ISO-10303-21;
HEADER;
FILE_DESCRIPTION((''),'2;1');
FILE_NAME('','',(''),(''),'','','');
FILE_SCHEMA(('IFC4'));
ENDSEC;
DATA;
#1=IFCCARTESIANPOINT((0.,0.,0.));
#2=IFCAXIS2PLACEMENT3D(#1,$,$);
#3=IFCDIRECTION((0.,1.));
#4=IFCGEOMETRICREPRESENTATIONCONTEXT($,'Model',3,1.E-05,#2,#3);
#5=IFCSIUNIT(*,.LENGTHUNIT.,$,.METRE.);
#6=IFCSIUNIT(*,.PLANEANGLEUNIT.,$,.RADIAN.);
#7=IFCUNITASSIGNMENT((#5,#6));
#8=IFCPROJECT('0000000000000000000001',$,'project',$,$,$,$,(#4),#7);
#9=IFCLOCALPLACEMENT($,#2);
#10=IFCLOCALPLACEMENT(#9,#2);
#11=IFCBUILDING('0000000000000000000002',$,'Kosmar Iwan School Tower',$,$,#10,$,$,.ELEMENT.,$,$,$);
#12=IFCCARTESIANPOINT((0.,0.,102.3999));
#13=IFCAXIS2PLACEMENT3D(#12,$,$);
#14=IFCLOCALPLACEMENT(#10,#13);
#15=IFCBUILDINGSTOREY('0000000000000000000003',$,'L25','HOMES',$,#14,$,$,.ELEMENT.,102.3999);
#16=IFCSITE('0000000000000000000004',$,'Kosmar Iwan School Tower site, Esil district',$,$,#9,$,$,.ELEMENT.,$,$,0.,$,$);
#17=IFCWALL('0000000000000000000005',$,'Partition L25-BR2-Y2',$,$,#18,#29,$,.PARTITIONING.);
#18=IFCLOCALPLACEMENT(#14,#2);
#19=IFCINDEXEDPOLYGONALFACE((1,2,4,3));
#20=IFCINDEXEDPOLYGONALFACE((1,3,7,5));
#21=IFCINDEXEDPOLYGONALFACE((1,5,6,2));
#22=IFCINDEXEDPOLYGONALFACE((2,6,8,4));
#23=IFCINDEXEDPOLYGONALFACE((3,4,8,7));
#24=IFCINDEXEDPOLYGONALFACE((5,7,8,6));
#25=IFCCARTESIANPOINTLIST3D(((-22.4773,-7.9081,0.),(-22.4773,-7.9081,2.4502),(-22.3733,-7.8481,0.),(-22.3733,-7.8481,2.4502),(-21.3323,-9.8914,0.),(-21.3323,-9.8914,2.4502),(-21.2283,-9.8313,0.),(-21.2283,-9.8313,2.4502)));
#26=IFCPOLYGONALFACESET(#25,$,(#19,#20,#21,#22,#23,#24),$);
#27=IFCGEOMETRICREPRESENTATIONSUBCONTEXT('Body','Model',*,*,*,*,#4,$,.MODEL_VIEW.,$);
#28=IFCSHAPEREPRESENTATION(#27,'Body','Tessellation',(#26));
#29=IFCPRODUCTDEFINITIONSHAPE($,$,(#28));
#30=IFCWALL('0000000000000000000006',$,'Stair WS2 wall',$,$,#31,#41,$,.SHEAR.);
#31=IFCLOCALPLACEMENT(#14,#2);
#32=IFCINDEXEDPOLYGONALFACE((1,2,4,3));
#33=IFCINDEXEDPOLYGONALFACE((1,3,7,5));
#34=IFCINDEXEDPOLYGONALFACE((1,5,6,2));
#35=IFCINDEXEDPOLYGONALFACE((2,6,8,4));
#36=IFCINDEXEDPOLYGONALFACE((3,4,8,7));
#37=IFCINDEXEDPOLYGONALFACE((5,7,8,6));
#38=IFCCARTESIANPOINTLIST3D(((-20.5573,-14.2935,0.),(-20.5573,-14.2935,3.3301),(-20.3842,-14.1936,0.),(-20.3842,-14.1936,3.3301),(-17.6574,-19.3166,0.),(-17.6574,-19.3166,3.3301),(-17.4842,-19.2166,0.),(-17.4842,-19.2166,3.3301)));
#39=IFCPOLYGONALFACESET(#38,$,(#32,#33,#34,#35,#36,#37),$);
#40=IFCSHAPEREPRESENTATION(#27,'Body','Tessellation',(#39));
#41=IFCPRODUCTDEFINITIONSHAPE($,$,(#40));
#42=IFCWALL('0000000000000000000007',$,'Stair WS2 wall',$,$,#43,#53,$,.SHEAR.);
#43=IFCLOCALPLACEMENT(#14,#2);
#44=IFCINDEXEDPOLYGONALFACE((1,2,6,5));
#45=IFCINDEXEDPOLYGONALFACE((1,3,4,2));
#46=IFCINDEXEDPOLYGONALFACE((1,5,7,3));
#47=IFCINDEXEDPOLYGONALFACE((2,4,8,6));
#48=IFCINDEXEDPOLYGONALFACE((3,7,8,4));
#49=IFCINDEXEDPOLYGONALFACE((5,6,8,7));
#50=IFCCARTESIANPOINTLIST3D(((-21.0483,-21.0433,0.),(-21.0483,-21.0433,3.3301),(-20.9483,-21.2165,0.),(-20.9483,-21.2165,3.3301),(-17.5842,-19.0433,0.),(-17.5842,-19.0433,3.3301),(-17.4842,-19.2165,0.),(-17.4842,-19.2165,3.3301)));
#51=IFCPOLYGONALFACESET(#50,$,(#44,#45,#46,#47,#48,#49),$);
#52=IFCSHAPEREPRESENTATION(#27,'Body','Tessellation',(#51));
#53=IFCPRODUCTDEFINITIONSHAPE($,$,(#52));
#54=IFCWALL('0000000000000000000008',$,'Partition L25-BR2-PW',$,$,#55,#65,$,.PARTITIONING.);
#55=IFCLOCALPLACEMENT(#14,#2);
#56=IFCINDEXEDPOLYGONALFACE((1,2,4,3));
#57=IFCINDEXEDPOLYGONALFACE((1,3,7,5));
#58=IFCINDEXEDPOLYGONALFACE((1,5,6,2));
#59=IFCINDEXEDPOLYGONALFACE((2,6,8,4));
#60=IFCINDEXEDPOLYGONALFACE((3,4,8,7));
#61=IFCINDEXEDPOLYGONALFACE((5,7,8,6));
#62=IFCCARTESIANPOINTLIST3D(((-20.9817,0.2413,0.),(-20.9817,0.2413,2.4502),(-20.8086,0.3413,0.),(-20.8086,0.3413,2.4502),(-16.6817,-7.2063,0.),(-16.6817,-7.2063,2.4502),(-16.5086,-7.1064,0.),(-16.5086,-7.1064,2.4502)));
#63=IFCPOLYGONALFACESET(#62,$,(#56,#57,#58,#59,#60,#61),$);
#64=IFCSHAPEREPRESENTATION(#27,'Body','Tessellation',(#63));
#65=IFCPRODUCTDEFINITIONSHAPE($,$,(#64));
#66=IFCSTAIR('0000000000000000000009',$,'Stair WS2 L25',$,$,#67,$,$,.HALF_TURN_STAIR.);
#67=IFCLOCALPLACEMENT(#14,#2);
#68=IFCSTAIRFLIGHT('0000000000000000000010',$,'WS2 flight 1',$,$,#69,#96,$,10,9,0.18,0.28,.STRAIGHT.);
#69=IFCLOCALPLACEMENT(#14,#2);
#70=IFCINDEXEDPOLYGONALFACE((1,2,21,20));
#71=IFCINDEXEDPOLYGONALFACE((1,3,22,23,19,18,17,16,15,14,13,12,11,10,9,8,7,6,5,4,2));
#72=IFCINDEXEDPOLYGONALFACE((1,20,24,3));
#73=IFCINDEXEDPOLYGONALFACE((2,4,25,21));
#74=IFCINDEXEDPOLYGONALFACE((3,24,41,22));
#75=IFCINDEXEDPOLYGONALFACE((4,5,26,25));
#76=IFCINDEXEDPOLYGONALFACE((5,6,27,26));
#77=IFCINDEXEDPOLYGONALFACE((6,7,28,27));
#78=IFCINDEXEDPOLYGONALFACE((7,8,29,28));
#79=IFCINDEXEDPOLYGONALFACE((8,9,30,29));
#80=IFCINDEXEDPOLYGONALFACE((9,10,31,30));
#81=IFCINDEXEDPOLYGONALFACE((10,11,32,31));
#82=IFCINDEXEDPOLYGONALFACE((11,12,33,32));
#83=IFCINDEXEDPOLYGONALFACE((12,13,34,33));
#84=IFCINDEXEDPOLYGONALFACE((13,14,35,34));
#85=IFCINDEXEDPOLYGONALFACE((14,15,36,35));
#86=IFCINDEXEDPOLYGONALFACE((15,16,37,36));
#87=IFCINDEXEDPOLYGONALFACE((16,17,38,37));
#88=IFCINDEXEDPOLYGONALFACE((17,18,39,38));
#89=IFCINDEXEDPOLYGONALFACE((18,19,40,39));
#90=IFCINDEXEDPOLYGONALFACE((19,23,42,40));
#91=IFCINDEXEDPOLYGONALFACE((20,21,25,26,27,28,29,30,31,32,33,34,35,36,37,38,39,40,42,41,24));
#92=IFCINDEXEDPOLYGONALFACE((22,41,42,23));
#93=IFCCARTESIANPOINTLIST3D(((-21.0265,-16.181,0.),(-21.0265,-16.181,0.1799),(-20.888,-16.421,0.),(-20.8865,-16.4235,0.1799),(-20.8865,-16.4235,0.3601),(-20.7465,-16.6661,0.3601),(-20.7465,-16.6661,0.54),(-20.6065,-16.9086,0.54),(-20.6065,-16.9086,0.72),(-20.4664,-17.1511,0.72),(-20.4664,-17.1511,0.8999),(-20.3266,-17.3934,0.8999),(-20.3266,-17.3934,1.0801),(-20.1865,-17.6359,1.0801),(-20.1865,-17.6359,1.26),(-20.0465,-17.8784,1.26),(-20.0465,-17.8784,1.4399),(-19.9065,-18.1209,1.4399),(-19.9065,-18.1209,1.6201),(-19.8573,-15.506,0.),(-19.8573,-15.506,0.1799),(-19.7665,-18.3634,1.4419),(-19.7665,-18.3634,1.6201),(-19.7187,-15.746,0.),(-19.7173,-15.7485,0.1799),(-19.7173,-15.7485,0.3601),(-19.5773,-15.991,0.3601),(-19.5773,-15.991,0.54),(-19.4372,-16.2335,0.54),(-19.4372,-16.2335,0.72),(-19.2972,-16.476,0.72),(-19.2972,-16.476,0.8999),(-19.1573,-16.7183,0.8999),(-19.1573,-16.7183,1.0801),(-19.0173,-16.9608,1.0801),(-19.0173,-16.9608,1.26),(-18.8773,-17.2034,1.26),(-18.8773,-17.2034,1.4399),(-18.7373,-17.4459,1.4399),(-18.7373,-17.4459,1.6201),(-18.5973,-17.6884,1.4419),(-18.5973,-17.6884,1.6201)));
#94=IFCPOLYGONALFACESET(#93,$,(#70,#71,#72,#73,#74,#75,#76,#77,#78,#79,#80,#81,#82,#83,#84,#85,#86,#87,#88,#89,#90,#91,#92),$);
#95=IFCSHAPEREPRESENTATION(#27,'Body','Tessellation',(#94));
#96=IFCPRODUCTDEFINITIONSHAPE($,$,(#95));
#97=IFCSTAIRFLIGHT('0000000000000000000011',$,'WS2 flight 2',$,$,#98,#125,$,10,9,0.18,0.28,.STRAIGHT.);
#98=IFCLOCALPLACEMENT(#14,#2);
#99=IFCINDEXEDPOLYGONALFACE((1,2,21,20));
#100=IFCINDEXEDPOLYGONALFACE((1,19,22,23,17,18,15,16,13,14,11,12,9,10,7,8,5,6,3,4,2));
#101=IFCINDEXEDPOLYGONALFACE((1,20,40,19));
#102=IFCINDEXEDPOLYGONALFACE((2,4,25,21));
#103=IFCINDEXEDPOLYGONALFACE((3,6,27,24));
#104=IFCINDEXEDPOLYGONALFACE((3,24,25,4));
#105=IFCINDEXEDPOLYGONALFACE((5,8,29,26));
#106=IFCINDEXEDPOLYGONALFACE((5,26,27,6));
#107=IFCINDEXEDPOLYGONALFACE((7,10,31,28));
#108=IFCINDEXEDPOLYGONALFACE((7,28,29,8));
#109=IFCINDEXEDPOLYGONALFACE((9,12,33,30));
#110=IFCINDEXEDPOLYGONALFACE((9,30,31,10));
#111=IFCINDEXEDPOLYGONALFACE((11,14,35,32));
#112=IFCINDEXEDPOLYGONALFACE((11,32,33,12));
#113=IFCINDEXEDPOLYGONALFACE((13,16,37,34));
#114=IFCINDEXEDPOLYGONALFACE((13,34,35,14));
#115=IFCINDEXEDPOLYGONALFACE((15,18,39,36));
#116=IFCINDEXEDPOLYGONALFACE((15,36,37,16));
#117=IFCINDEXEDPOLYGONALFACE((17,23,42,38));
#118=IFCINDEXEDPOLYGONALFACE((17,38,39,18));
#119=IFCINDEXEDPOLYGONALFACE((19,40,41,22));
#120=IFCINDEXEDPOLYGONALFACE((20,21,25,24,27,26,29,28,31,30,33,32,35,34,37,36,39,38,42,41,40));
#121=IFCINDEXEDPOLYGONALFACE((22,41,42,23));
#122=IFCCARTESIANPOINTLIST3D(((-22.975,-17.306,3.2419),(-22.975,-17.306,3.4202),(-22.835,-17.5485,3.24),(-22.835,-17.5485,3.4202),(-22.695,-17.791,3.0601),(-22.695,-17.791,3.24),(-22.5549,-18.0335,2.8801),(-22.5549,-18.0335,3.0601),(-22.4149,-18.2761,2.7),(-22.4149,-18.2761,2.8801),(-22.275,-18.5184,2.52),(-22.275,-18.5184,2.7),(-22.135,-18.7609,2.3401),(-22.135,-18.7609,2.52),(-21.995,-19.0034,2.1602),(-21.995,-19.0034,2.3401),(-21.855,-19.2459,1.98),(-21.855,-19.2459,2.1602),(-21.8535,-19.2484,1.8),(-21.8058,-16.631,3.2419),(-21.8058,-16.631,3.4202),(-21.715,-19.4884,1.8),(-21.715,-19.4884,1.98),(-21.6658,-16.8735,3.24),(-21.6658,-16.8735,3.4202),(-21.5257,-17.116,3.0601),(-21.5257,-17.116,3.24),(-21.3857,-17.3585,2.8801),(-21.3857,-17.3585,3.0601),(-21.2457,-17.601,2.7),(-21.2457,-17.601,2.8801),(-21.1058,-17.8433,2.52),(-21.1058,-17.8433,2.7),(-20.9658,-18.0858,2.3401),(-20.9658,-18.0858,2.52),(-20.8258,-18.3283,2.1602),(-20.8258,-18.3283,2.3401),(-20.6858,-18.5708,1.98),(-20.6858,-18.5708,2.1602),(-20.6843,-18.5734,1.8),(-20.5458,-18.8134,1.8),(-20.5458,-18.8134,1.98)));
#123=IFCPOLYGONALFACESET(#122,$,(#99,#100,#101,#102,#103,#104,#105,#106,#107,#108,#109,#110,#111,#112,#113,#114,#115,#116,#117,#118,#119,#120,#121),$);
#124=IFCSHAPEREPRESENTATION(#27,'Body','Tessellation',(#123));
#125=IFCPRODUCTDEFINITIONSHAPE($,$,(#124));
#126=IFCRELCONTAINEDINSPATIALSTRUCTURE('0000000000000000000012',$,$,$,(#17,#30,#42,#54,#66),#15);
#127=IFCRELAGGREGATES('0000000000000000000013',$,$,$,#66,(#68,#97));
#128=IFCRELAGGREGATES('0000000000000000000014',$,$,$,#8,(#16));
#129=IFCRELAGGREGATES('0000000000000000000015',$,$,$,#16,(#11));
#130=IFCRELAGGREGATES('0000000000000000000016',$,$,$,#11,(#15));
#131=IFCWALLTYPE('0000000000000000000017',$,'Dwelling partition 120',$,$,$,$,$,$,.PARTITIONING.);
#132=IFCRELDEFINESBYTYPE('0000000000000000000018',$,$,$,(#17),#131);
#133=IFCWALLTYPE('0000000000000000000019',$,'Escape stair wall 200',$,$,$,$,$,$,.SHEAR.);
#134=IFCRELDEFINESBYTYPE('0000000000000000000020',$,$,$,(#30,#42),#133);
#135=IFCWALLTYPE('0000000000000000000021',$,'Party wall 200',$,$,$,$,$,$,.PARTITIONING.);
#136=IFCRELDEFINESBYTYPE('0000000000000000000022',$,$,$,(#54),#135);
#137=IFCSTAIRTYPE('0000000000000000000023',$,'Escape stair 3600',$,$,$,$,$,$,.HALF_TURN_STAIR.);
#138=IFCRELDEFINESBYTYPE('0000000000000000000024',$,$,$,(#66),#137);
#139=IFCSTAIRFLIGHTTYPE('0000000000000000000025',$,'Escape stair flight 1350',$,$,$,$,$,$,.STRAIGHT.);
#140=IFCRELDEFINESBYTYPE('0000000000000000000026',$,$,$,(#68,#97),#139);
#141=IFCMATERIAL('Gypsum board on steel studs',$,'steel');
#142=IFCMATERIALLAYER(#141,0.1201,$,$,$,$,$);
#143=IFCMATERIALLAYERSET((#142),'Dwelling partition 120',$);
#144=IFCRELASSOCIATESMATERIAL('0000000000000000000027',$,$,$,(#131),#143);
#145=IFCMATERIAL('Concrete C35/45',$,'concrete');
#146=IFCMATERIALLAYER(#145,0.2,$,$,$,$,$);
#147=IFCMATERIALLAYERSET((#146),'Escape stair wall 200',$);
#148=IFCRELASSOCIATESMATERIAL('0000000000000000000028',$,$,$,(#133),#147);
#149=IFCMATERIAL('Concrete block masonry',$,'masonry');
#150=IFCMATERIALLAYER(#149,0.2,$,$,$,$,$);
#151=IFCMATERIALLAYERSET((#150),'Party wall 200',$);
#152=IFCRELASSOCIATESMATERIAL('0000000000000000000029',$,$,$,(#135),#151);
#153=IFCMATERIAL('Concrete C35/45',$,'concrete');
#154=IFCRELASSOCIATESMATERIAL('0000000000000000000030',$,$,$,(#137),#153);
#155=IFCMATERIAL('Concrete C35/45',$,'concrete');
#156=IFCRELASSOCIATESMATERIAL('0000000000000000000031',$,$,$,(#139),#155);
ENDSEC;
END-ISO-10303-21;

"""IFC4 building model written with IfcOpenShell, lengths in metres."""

from ifc_helpers import new_model, si_unit, direction, frame, frame_2d, origin, place, context, subcontext, project, spatial, polyline, rectangle, outline, extrude, material, layer, layer_set, type_object, element, aggregate, save


model = new_model("IFC4")

# Units and contexts
model_context = context("Model", 3, precision=1e-05, world=origin(), true_north=direction((0.0, 1.0)))
body_context = subcontext(model_context, "Body", "Model", "MODEL_VIEW")
ifc_project = project(units=[si_unit("LENGTHUNIT", "METRE"), si_unit("PLANEANGLEUNIT", "RADIAN")], contexts=[model_context])

# Site, building, storey
site_placement = place(None, origin())
site = spatial("IfcSite", under=ifc_project, at=site_placement, Name="Kosmar Iwan School Tower site, Esil district", CompositionType="ELEMENT", RefElevation=0.0)
building_placement = place(site_placement, origin())
building = spatial("IfcBuilding", under=site, at=building_placement, Name="Kosmar Iwan School Tower", CompositionType="ELEMENT")
storey_placement = place(building_placement, frame((0.0, 0.0, 102.3999)))
storey = spatial("IfcBuildingStorey", under=building, at=storey_placement, Name="L25", Description="HOMES", CompositionType="ELEMENT", Elevation=102.3999)

# Shared definitions
ifc_material_1 = material(Name="Gypsum board on steel studs", Category="steel")
ifc_layer_1 = layer(ifc_material_1, 0.1201)
ifc_layer_set_1 = layer_set([ifc_layer_1], Name="Dwelling partition 120")
wall_type_1 = type_object("IfcWallType", Name="Dwelling partition 120", PredefinedType="PARTITIONING", material=ifc_layer_set_1)

# Walls
wall_1_placement = place(storey_placement, frame((-21.2803, -9.8613, 0.0), z_axis=(0.0, 0.0, 1.0), x_axis=(-0.500015, 0.866017, 0.0)))
element("IfcWall", 1, at=wall_1_placement, inside=storey, type_object=wall_type_1, Name="Partition L25-BR2-Y2", PredefinedType="PARTITIONING", context=body_context, shape_type="SweptSolid", body=[
    extrude(rectangle(XDim=2.29, YDim=0.1201, at=frame_2d((1.145, 0.0))), origin(), (0.0, 0.0, 1.0), 2.4502),
])
ifc_material_2 = material(Name="Concrete C35/45", Category="concrete")
ifc_layer_2 = layer(ifc_material_2, 0.2)
ifc_layer_set_2 = layer_set([ifc_layer_2], Name="Escape stair wall 200")
wall_type_2 = type_object("IfcWallType", Name="Escape stair wall 200", PredefinedType="SHEAR", material=ifc_layer_set_2)
wall_2_placement = place(storey_placement, frame((-20.4707, -14.2437, 0.0), z_axis=(0.0, 0.0, 1.0), x_axis=(0.499987, -0.866033, 0.0)))
element("IfcWall", 2, at=wall_2_placement, inside=storey, type_object=wall_type_2, Name="Stair WS2 wall", PredefinedType="SHEAR", context=body_context, shape_type="SweptSolid", body=[
    extrude(rectangle(XDim=5.8, YDim=0.2, at=frame_2d((2.8999, 0.0))), origin(), (0.0, 0.0, 1.0), 3.3301),
])
wall_3_placement = place(storey_placement, frame((-17.5342, -19.1299, 0.0), z_axis=(0.0, 0.0, 1.0), x_axis=(-0.866026, -0.499999, 0.0)))
element("IfcWall", 3, at=wall_3_placement, inside=storey, type_object=wall_type_2, Name="Stair WS2 wall", PredefinedType="SHEAR", context=body_context, shape_type="SweptSolid", body=[
    extrude(rectangle(XDim=4.0, YDim=0.2, at=frame_2d((2.0, 0.0))), origin(), (0.0, 0.0, 1.0), 3.3301),
])
ifc_material_3 = material(Name="Concrete block masonry", Category="masonry")
ifc_layer_3 = layer(ifc_material_3, 0.2)
ifc_layer_set_3 = layer_set([ifc_layer_3], Name="Party wall 200")
wall_type_3 = type_object("IfcWallType", Name="Party wall 200", PredefinedType="PARTITIONING", material=ifc_layer_set_3)
wall_4_placement = place(storey_placement, frame((-16.5952, -7.1562, 0.0), z_axis=(0.0, 0.0, 1.0), x_axis=(-0.500008, 0.866021, 0.0)))
element("IfcWall", 4, at=wall_4_placement, inside=storey, type_object=wall_type_3, Name="Partition L25-BR2-PW", PredefinedType="PARTITIONING", context=body_context, shape_type="SweptSolid", body=[
    extrude(rectangle(XDim=8.5999, YDim=0.2, at=frame_2d((4.2998, 0.0))), origin(), (0.0, 0.0, 1.0), 2.4502),
])

# Stair, stair flights
ifc_material_4 = material(Name="Concrete C35/45", Category="concrete")
stair_type = type_object("IfcStairType", Name="Escape stair 3600", PredefinedType="HALF_TURN_STAIR", material=ifc_material_4)
stair_placement = place(storey_placement, origin())
stair = element("IfcStair", 5, at=stair_placement, inside=storey, type_object=stair_type, Name="Stair WS2 L25", PredefinedType="HALF_TURN_STAIR")
ifc_material_5 = material(Name="Concrete C35/45", Category="concrete")
stair_flight_type = type_object("IfcStairFlightType", Name="Escape stair flight 1350", PredefinedType="STRAIGHT", material=ifc_material_5)
stair_flight_1_placement = place(storey_placement, frame((-20.4419, -15.8435, 0.0), z_axis=(0.0, 0.0, 1.0), x_axis=(0.5, -0.866025, 0.0)))
stair_flight_1 = element("IfcStairFlight", 6, at=stair_flight_1_placement, type_object=stair_flight_type, Name="WS2 flight 1", NumberOfRisers=10, NumberOfTreads=9, PredefinedType="STRAIGHT", RiserHeight=0.18, TreadLength=0.28, context=body_context, shape_type="SweptSolid", body=[
    extrude(outline(polyline([(0.0, 0.0), (0.0, 0.1799), (0.28, 0.1799), (0.28, 0.3601), (0.5601, 0.3601), (0.5601, 0.54), (0.8401, 0.54), (0.8401, 0.72), (1.1201, 0.72), (1.1201, 0.8999), (1.3999, 0.8999), (1.3999, 1.0801), (1.6799, 1.0801), (1.6799, 1.26), (1.96, 1.26), (1.96, 1.4399), (2.24, 1.4399), (2.24, 1.6201), (2.52, 1.6201), (2.52, 1.8), (2.52, 1.4419), (0.2771, 0.0), (0.0, 0.0)])), frame((0.0, 0.675, 0.0), z_axis=(0.0, -1.0, 0.0), x_axis=(1.0, 0.0, 0.0)), (0.0, 0.0, 1.0), 1.3501),
])
stair_flight_2_placement = place(storey_placement, frame((-21.1304, -19.1509, 1.8), z_axis=(0.0, 0.0, 1.0), x_axis=(-0.5, 0.866025, 0.0)))
stair_flight_2 = element("IfcStairFlight", 7, at=stair_flight_2_placement, type_object=stair_flight_type, Name="WS2 flight 2", NumberOfRisers=10, NumberOfTreads=9, PredefinedType="STRAIGHT", RiserHeight=0.18, TreadLength=0.28, context=body_context, shape_type="SweptSolid", body=[
    extrude(outline(polyline([(0.0, 0.0), (0.0, 0.1799), (0.28, 0.1799), (0.28, 0.3601), (0.5601, 0.3601), (0.5601, 0.54), (0.8401, 0.54), (0.8401, 0.72), (1.1201, 0.72), (1.1201, 0.8999), (1.3999, 0.8999), (1.3999, 1.0801), (1.6799, 1.0801), (1.6799, 1.26), (1.96, 1.26), (1.96, 1.4399), (2.24, 1.4399), (2.24, 1.6201), (2.52, 1.6201), (2.52, 1.8), (2.52, 1.4419), (0.2771, 0.0), (0.0, 0.0)])), frame((0.0, 0.675, 0.0), z_axis=(0.0, -1.0, 0.0), x_axis=(1.0, 0.0, 0.0)), (0.0, 0.0, 1.0), 1.3501),
])
aggregate(stair, [stair_flight_1, stair_flight_2])

save(model, "model.ifc")
